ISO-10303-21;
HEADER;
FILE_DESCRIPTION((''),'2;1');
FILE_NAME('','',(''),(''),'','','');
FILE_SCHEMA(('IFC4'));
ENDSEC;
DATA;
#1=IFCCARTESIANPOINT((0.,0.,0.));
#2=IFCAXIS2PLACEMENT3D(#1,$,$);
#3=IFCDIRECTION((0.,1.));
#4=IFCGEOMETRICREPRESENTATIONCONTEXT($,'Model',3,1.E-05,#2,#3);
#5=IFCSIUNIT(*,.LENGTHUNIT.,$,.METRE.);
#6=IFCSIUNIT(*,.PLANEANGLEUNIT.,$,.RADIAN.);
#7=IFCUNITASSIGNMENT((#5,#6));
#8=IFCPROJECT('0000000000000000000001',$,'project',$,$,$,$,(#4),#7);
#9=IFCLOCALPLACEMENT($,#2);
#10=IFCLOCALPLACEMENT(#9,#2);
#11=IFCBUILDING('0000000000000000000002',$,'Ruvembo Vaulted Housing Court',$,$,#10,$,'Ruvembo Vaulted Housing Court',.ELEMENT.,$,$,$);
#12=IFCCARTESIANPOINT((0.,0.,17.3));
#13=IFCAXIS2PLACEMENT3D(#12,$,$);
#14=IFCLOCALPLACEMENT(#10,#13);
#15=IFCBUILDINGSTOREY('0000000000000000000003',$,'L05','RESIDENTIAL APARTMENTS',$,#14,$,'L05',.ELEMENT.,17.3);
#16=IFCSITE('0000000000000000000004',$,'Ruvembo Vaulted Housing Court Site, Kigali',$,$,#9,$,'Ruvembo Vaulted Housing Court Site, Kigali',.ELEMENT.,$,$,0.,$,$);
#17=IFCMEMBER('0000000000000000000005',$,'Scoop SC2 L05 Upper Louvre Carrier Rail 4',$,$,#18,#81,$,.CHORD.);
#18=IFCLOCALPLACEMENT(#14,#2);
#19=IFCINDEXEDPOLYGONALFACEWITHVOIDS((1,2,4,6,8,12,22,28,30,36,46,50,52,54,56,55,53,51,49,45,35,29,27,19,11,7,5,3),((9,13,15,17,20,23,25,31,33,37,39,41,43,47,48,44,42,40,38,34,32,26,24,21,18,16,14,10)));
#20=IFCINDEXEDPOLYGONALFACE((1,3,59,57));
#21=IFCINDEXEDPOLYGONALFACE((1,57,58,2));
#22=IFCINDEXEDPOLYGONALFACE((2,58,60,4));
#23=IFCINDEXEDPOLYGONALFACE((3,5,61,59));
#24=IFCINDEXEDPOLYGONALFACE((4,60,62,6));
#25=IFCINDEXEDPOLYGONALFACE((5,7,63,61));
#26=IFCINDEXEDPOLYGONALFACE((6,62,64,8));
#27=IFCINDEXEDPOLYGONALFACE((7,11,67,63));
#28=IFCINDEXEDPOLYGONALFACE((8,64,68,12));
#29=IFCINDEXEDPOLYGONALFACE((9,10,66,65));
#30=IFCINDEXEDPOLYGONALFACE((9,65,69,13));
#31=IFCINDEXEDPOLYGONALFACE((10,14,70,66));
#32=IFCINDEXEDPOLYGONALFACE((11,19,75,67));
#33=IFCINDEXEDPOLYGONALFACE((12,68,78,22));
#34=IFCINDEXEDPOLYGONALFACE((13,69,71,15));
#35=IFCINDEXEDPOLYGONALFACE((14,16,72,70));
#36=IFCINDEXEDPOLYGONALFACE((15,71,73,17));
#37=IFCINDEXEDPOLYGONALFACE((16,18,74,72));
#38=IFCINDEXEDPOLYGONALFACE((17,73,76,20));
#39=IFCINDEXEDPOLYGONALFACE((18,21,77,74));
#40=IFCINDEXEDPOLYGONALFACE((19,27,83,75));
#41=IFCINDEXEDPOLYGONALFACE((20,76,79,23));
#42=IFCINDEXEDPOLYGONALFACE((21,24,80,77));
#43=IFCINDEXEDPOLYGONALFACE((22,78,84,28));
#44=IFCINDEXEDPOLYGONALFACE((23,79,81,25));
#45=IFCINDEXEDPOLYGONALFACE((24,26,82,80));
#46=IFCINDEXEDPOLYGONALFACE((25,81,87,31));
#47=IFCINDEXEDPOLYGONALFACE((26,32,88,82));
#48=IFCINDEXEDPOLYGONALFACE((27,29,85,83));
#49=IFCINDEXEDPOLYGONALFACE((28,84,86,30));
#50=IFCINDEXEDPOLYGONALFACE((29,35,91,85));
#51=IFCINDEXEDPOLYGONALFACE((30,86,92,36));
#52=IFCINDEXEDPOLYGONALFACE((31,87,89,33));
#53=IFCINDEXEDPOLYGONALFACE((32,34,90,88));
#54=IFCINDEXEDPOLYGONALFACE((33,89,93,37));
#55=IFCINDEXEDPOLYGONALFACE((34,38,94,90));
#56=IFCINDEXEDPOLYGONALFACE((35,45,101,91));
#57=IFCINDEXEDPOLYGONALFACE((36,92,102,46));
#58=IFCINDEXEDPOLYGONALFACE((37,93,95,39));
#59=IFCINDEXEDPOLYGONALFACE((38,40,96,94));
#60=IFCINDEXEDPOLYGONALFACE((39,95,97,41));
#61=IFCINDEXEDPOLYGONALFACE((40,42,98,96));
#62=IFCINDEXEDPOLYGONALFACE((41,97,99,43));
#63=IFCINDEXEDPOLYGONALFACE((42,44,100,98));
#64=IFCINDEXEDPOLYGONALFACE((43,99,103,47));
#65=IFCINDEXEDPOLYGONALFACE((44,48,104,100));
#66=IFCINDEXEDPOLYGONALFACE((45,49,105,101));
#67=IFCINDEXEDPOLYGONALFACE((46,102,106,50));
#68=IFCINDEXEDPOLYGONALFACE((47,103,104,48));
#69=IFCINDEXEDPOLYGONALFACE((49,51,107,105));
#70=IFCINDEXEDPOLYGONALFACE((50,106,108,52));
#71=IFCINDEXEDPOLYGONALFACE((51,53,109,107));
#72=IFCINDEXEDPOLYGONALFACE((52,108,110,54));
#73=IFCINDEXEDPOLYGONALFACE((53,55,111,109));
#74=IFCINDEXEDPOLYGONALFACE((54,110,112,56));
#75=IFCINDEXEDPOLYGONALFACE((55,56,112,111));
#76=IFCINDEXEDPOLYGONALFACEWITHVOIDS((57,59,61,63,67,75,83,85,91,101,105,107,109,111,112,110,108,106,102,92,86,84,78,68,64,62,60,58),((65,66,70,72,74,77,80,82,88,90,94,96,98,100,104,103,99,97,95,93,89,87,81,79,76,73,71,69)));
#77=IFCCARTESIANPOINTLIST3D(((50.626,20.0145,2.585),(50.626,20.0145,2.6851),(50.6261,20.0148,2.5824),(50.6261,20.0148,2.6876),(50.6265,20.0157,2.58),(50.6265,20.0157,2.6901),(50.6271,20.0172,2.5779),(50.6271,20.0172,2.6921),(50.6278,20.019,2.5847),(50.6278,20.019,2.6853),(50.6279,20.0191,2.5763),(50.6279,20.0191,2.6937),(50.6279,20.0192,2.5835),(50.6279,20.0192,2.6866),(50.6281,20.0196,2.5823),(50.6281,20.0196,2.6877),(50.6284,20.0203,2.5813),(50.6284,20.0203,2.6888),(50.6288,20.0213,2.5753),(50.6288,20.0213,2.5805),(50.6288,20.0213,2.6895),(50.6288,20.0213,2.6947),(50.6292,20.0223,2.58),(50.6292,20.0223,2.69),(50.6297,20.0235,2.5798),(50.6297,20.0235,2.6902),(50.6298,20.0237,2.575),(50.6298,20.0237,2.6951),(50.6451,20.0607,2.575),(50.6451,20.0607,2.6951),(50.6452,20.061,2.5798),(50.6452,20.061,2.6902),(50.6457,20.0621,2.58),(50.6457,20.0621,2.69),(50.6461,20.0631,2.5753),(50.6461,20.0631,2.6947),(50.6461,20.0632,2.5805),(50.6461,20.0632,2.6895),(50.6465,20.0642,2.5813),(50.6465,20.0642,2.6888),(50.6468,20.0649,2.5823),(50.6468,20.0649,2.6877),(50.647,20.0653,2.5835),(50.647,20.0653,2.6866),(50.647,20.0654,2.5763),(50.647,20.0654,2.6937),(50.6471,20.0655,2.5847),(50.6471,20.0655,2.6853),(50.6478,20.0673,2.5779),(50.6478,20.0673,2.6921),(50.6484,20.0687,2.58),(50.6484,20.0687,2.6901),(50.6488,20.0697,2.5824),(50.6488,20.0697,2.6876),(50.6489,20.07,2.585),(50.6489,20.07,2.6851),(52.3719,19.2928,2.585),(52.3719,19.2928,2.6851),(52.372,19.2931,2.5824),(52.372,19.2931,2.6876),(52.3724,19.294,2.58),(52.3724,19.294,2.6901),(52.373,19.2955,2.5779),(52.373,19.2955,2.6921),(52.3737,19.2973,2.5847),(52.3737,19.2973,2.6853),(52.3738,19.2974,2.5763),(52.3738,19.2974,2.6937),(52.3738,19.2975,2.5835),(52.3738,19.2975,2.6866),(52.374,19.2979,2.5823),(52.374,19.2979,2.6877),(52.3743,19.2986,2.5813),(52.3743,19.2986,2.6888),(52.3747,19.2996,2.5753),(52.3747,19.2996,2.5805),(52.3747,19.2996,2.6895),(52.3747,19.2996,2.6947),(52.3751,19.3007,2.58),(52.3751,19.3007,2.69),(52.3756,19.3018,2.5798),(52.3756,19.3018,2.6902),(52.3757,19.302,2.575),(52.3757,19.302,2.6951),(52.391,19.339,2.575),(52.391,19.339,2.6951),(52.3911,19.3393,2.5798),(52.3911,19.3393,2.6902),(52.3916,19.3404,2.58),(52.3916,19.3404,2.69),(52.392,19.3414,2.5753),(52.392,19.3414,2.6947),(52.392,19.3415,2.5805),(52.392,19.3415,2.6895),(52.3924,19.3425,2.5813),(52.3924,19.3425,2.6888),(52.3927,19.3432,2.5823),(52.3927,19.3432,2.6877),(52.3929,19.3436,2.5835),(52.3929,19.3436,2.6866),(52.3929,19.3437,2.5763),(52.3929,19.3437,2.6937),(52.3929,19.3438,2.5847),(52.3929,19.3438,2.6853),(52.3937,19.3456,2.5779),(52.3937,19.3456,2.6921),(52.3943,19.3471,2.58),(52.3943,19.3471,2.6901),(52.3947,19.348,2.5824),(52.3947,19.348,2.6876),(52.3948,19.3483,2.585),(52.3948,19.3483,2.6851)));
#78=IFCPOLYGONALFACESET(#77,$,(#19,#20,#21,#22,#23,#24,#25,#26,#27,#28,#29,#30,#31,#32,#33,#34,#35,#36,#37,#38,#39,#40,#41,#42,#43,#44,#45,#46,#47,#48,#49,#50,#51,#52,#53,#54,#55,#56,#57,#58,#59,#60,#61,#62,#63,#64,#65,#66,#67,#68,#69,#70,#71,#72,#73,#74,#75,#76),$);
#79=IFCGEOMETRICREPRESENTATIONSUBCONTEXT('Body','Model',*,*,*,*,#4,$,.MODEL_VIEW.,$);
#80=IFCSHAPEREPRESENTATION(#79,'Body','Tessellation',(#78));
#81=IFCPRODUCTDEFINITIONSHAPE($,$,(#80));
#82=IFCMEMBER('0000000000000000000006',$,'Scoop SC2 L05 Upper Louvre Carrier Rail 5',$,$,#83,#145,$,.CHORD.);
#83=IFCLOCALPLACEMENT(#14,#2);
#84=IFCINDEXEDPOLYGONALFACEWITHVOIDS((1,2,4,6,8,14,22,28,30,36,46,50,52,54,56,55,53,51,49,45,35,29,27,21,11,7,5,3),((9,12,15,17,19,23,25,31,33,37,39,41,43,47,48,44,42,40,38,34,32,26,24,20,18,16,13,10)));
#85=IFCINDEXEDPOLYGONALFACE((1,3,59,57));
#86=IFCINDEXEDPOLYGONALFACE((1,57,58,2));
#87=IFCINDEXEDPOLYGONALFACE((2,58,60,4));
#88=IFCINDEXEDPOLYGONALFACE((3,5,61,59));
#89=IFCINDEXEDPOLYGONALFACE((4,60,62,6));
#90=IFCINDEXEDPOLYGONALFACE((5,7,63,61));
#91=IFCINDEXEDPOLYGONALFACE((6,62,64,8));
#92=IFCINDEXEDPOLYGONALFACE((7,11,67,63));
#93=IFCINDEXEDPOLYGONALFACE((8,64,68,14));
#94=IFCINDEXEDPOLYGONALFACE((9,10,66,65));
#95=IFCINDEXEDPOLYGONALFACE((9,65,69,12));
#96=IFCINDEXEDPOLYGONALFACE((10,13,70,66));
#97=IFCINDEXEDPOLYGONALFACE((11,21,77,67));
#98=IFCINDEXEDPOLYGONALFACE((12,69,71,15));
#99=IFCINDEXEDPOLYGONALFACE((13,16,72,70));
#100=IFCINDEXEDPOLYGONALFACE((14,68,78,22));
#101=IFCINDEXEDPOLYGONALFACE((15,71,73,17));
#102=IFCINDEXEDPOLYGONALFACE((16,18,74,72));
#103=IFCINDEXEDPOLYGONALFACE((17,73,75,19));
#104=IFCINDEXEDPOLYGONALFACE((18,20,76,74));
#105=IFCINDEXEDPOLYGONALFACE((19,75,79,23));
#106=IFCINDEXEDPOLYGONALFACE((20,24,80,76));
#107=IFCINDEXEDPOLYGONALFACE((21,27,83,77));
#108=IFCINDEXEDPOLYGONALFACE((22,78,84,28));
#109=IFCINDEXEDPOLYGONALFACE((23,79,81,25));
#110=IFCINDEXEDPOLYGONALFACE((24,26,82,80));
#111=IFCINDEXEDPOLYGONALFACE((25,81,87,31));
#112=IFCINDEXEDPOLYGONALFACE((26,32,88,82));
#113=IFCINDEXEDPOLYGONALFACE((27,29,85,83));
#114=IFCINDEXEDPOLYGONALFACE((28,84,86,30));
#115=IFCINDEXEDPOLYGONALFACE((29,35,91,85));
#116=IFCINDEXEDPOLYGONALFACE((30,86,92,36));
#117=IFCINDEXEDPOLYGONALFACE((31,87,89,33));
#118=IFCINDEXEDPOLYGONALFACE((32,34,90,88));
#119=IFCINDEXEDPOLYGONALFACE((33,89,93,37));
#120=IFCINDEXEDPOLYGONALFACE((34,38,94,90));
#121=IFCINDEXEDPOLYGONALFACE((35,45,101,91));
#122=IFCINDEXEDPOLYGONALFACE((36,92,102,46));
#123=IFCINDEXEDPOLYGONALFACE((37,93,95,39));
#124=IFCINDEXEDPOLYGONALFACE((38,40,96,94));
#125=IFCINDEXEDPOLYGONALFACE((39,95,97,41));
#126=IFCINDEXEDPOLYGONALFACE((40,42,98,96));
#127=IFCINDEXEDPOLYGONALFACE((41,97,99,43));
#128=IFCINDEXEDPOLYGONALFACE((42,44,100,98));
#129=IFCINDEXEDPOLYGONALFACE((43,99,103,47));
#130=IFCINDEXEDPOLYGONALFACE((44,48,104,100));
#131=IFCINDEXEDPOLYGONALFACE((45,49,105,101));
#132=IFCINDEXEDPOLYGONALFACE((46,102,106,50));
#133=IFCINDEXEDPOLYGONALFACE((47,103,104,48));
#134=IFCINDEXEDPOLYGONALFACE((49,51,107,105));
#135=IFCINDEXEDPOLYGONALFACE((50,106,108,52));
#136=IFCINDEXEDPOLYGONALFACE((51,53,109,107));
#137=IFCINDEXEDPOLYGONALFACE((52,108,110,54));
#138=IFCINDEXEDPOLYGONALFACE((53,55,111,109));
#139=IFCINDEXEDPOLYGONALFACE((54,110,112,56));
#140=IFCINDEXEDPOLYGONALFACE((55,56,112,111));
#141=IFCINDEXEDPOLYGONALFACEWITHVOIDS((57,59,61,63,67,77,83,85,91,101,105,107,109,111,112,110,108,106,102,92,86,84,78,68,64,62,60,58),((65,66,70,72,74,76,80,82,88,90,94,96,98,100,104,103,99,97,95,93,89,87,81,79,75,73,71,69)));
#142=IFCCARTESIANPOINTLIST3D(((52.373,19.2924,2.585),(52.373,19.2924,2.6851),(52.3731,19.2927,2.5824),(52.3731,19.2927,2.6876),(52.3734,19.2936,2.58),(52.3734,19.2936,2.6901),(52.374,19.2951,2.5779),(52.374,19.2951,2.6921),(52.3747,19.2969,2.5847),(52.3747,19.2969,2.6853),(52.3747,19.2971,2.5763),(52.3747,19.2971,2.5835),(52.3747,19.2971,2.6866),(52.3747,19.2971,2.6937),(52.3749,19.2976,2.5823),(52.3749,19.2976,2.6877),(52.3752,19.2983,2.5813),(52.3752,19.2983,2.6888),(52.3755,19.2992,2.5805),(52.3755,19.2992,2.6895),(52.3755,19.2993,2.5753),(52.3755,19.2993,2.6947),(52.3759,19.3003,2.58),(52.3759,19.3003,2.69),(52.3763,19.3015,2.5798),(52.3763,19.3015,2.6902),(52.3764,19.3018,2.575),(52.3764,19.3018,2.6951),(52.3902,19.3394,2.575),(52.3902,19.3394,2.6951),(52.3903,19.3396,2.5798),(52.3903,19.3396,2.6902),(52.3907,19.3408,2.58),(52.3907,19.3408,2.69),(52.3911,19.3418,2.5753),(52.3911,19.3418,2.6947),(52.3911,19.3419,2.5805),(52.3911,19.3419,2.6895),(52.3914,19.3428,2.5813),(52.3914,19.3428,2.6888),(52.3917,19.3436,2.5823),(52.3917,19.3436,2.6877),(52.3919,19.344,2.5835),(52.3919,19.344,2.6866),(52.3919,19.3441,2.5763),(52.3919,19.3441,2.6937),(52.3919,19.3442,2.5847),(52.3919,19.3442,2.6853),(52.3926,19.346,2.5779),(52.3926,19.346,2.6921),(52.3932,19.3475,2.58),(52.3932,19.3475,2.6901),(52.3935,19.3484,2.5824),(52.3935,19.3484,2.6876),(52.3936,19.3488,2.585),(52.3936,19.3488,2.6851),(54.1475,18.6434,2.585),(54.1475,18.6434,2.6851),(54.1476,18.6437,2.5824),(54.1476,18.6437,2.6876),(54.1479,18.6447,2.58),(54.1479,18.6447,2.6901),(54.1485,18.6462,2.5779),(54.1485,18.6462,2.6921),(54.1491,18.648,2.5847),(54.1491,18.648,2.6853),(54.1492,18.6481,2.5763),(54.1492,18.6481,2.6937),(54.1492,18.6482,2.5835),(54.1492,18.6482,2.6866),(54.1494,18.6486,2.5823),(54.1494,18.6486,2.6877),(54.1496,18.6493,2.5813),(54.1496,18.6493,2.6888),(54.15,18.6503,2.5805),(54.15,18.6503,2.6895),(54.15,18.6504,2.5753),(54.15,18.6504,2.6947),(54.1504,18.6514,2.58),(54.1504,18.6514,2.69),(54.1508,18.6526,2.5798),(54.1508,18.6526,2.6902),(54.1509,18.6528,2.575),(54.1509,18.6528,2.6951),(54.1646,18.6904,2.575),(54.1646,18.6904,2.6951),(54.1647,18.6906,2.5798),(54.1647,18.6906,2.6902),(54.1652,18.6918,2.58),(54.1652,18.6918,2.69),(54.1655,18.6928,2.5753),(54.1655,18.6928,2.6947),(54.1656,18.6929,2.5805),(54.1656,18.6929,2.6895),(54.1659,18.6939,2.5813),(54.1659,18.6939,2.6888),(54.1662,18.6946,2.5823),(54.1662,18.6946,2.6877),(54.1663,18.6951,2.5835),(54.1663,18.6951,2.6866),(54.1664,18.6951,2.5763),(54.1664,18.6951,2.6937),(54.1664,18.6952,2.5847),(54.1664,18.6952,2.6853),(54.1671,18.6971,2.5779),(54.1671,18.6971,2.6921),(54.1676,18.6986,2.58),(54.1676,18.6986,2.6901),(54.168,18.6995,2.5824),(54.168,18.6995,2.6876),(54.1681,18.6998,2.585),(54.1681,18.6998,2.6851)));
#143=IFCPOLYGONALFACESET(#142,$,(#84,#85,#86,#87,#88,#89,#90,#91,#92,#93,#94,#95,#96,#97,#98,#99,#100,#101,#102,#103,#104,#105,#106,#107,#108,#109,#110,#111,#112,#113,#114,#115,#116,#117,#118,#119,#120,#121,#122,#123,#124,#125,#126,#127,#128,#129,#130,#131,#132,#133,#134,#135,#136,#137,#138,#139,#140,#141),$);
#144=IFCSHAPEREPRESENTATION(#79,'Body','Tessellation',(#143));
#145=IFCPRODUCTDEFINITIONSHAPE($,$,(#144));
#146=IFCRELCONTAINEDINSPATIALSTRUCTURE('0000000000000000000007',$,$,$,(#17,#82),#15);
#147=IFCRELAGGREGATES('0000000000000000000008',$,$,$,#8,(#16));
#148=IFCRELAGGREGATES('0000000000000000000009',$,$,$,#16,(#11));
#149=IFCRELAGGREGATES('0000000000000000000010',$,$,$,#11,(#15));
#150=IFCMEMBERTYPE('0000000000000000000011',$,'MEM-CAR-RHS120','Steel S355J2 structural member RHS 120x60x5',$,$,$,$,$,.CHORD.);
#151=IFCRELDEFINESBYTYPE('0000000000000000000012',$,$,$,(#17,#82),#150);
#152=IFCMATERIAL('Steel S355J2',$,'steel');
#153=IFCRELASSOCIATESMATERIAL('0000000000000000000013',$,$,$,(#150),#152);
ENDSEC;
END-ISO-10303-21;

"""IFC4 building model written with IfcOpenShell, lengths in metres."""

from ifc_helpers import new_model, si_unit, direction, frame, origin, origin_2d, place, context, subcontext, project, spatial, hollow_rectangle, extrude, material, material_profile, profile_set, type_object, element, save


model = new_model("IFC4")

# Units and contexts
model_context = context("Model", 3, precision=1e-05, world=origin(), true_north=direction((0.0, 1.0)))
body_context = subcontext(model_context, "Body", "Model", "MODEL_VIEW")
ifc_project = project(units=[si_unit("LENGTHUNIT", "METRE"), si_unit("PLANEANGLEUNIT", "RADIAN")], contexts=[model_context])

# Site, building, storey
site_placement = place(None, origin())
site = spatial("IfcSite", under=ifc_project, at=site_placement, Name="Ruvembo Vaulted Housing Court Site, Kigali", LongName="Ruvembo Vaulted Housing Court Site, Kigali", CompositionType="ELEMENT", RefElevation=0.0)
building_placement = place(site_placement, origin())
building = spatial("IfcBuilding", under=site, at=building_placement, Name="Ruvembo Vaulted Housing Court", LongName="Ruvembo Vaulted Housing Court", CompositionType="ELEMENT")
storey_placement = place(building_placement, frame((0.0, 0.0, 17.3)))
storey = spatial("IfcBuildingStorey", under=building, at=storey_placement, Name="L05", Description="RESIDENTIAL APARTMENTS", LongName="L05", CompositionType="ELEMENT", Elevation=17.3)

# Shared definitions
ifc_material_1 = material(Name="Steel S355J2", Category="steel")

# Members
ifc_material_profile_1 = material_profile(ifc_material_1, hollow_rectangle(XDim=0.0601, YDim=0.1201, WallThickness=0.0049, InnerFilletRadius=0.0049, OuterFilletRadius=0.01, at=origin_2d()), Name="RHS 120x60x5")
ifc_profile_set_1 = profile_set([ifc_material_profile_1], Name="Steel S355J2")
member_type_1 = type_object("IfcMemberType", Name="MEM-CAR-RHS120", Description="Steel S355J2 structural member RHS 120x60x5", PredefinedType="CHORD", material=ifc_profile_set_1)
member_1_placement = place(storey_placement, frame((50.6375, 20.0422, 2.635), z_axis=(0.924155, -0.382017, 0.0), x_axis=(0.382017, 0.924155, 0.0)))
element("IfcMember", 1, at=member_1_placement, inside=storey, type_object=member_type_1, Name="Scoop SC2 L05 Upper Louvre Carrier Rail 4", PredefinedType="CHORD", context=body_context, shape_type="SweptSolid", body=[
    extrude(hollow_rectangle(XDim=0.0601, YDim=0.1201, WallThickness=0.0049, InnerFilletRadius=0.0049, OuterFilletRadius=0.01, at=origin_2d()), origin(), (0.0, 0.0, 1.0), 1.8892),
])
member_2_placement = place(storey_placement, frame((52.3833, 19.3206, 2.635), z_axis=(0.939166, -0.343465, 0.0), x_axis=(0.343465, 0.939166, 0.0)))
element("IfcMember", 2, at=member_2_placement, inside=storey, type_object=member_type_1, Name="Scoop SC2 L05 Upper Louvre Carrier Rail 5", PredefinedType="CHORD", context=body_context, shape_type="SweptSolid", body=[
    extrude(hollow_rectangle(XDim=0.0601, YDim=0.1201, WallThickness=0.0049, InnerFilletRadius=0.0049, OuterFilletRadius=0.01, at=origin_2d()), origin(), (0.0, 0.0, 1.0), 1.8894),
])

save(model, "model.ifc")
